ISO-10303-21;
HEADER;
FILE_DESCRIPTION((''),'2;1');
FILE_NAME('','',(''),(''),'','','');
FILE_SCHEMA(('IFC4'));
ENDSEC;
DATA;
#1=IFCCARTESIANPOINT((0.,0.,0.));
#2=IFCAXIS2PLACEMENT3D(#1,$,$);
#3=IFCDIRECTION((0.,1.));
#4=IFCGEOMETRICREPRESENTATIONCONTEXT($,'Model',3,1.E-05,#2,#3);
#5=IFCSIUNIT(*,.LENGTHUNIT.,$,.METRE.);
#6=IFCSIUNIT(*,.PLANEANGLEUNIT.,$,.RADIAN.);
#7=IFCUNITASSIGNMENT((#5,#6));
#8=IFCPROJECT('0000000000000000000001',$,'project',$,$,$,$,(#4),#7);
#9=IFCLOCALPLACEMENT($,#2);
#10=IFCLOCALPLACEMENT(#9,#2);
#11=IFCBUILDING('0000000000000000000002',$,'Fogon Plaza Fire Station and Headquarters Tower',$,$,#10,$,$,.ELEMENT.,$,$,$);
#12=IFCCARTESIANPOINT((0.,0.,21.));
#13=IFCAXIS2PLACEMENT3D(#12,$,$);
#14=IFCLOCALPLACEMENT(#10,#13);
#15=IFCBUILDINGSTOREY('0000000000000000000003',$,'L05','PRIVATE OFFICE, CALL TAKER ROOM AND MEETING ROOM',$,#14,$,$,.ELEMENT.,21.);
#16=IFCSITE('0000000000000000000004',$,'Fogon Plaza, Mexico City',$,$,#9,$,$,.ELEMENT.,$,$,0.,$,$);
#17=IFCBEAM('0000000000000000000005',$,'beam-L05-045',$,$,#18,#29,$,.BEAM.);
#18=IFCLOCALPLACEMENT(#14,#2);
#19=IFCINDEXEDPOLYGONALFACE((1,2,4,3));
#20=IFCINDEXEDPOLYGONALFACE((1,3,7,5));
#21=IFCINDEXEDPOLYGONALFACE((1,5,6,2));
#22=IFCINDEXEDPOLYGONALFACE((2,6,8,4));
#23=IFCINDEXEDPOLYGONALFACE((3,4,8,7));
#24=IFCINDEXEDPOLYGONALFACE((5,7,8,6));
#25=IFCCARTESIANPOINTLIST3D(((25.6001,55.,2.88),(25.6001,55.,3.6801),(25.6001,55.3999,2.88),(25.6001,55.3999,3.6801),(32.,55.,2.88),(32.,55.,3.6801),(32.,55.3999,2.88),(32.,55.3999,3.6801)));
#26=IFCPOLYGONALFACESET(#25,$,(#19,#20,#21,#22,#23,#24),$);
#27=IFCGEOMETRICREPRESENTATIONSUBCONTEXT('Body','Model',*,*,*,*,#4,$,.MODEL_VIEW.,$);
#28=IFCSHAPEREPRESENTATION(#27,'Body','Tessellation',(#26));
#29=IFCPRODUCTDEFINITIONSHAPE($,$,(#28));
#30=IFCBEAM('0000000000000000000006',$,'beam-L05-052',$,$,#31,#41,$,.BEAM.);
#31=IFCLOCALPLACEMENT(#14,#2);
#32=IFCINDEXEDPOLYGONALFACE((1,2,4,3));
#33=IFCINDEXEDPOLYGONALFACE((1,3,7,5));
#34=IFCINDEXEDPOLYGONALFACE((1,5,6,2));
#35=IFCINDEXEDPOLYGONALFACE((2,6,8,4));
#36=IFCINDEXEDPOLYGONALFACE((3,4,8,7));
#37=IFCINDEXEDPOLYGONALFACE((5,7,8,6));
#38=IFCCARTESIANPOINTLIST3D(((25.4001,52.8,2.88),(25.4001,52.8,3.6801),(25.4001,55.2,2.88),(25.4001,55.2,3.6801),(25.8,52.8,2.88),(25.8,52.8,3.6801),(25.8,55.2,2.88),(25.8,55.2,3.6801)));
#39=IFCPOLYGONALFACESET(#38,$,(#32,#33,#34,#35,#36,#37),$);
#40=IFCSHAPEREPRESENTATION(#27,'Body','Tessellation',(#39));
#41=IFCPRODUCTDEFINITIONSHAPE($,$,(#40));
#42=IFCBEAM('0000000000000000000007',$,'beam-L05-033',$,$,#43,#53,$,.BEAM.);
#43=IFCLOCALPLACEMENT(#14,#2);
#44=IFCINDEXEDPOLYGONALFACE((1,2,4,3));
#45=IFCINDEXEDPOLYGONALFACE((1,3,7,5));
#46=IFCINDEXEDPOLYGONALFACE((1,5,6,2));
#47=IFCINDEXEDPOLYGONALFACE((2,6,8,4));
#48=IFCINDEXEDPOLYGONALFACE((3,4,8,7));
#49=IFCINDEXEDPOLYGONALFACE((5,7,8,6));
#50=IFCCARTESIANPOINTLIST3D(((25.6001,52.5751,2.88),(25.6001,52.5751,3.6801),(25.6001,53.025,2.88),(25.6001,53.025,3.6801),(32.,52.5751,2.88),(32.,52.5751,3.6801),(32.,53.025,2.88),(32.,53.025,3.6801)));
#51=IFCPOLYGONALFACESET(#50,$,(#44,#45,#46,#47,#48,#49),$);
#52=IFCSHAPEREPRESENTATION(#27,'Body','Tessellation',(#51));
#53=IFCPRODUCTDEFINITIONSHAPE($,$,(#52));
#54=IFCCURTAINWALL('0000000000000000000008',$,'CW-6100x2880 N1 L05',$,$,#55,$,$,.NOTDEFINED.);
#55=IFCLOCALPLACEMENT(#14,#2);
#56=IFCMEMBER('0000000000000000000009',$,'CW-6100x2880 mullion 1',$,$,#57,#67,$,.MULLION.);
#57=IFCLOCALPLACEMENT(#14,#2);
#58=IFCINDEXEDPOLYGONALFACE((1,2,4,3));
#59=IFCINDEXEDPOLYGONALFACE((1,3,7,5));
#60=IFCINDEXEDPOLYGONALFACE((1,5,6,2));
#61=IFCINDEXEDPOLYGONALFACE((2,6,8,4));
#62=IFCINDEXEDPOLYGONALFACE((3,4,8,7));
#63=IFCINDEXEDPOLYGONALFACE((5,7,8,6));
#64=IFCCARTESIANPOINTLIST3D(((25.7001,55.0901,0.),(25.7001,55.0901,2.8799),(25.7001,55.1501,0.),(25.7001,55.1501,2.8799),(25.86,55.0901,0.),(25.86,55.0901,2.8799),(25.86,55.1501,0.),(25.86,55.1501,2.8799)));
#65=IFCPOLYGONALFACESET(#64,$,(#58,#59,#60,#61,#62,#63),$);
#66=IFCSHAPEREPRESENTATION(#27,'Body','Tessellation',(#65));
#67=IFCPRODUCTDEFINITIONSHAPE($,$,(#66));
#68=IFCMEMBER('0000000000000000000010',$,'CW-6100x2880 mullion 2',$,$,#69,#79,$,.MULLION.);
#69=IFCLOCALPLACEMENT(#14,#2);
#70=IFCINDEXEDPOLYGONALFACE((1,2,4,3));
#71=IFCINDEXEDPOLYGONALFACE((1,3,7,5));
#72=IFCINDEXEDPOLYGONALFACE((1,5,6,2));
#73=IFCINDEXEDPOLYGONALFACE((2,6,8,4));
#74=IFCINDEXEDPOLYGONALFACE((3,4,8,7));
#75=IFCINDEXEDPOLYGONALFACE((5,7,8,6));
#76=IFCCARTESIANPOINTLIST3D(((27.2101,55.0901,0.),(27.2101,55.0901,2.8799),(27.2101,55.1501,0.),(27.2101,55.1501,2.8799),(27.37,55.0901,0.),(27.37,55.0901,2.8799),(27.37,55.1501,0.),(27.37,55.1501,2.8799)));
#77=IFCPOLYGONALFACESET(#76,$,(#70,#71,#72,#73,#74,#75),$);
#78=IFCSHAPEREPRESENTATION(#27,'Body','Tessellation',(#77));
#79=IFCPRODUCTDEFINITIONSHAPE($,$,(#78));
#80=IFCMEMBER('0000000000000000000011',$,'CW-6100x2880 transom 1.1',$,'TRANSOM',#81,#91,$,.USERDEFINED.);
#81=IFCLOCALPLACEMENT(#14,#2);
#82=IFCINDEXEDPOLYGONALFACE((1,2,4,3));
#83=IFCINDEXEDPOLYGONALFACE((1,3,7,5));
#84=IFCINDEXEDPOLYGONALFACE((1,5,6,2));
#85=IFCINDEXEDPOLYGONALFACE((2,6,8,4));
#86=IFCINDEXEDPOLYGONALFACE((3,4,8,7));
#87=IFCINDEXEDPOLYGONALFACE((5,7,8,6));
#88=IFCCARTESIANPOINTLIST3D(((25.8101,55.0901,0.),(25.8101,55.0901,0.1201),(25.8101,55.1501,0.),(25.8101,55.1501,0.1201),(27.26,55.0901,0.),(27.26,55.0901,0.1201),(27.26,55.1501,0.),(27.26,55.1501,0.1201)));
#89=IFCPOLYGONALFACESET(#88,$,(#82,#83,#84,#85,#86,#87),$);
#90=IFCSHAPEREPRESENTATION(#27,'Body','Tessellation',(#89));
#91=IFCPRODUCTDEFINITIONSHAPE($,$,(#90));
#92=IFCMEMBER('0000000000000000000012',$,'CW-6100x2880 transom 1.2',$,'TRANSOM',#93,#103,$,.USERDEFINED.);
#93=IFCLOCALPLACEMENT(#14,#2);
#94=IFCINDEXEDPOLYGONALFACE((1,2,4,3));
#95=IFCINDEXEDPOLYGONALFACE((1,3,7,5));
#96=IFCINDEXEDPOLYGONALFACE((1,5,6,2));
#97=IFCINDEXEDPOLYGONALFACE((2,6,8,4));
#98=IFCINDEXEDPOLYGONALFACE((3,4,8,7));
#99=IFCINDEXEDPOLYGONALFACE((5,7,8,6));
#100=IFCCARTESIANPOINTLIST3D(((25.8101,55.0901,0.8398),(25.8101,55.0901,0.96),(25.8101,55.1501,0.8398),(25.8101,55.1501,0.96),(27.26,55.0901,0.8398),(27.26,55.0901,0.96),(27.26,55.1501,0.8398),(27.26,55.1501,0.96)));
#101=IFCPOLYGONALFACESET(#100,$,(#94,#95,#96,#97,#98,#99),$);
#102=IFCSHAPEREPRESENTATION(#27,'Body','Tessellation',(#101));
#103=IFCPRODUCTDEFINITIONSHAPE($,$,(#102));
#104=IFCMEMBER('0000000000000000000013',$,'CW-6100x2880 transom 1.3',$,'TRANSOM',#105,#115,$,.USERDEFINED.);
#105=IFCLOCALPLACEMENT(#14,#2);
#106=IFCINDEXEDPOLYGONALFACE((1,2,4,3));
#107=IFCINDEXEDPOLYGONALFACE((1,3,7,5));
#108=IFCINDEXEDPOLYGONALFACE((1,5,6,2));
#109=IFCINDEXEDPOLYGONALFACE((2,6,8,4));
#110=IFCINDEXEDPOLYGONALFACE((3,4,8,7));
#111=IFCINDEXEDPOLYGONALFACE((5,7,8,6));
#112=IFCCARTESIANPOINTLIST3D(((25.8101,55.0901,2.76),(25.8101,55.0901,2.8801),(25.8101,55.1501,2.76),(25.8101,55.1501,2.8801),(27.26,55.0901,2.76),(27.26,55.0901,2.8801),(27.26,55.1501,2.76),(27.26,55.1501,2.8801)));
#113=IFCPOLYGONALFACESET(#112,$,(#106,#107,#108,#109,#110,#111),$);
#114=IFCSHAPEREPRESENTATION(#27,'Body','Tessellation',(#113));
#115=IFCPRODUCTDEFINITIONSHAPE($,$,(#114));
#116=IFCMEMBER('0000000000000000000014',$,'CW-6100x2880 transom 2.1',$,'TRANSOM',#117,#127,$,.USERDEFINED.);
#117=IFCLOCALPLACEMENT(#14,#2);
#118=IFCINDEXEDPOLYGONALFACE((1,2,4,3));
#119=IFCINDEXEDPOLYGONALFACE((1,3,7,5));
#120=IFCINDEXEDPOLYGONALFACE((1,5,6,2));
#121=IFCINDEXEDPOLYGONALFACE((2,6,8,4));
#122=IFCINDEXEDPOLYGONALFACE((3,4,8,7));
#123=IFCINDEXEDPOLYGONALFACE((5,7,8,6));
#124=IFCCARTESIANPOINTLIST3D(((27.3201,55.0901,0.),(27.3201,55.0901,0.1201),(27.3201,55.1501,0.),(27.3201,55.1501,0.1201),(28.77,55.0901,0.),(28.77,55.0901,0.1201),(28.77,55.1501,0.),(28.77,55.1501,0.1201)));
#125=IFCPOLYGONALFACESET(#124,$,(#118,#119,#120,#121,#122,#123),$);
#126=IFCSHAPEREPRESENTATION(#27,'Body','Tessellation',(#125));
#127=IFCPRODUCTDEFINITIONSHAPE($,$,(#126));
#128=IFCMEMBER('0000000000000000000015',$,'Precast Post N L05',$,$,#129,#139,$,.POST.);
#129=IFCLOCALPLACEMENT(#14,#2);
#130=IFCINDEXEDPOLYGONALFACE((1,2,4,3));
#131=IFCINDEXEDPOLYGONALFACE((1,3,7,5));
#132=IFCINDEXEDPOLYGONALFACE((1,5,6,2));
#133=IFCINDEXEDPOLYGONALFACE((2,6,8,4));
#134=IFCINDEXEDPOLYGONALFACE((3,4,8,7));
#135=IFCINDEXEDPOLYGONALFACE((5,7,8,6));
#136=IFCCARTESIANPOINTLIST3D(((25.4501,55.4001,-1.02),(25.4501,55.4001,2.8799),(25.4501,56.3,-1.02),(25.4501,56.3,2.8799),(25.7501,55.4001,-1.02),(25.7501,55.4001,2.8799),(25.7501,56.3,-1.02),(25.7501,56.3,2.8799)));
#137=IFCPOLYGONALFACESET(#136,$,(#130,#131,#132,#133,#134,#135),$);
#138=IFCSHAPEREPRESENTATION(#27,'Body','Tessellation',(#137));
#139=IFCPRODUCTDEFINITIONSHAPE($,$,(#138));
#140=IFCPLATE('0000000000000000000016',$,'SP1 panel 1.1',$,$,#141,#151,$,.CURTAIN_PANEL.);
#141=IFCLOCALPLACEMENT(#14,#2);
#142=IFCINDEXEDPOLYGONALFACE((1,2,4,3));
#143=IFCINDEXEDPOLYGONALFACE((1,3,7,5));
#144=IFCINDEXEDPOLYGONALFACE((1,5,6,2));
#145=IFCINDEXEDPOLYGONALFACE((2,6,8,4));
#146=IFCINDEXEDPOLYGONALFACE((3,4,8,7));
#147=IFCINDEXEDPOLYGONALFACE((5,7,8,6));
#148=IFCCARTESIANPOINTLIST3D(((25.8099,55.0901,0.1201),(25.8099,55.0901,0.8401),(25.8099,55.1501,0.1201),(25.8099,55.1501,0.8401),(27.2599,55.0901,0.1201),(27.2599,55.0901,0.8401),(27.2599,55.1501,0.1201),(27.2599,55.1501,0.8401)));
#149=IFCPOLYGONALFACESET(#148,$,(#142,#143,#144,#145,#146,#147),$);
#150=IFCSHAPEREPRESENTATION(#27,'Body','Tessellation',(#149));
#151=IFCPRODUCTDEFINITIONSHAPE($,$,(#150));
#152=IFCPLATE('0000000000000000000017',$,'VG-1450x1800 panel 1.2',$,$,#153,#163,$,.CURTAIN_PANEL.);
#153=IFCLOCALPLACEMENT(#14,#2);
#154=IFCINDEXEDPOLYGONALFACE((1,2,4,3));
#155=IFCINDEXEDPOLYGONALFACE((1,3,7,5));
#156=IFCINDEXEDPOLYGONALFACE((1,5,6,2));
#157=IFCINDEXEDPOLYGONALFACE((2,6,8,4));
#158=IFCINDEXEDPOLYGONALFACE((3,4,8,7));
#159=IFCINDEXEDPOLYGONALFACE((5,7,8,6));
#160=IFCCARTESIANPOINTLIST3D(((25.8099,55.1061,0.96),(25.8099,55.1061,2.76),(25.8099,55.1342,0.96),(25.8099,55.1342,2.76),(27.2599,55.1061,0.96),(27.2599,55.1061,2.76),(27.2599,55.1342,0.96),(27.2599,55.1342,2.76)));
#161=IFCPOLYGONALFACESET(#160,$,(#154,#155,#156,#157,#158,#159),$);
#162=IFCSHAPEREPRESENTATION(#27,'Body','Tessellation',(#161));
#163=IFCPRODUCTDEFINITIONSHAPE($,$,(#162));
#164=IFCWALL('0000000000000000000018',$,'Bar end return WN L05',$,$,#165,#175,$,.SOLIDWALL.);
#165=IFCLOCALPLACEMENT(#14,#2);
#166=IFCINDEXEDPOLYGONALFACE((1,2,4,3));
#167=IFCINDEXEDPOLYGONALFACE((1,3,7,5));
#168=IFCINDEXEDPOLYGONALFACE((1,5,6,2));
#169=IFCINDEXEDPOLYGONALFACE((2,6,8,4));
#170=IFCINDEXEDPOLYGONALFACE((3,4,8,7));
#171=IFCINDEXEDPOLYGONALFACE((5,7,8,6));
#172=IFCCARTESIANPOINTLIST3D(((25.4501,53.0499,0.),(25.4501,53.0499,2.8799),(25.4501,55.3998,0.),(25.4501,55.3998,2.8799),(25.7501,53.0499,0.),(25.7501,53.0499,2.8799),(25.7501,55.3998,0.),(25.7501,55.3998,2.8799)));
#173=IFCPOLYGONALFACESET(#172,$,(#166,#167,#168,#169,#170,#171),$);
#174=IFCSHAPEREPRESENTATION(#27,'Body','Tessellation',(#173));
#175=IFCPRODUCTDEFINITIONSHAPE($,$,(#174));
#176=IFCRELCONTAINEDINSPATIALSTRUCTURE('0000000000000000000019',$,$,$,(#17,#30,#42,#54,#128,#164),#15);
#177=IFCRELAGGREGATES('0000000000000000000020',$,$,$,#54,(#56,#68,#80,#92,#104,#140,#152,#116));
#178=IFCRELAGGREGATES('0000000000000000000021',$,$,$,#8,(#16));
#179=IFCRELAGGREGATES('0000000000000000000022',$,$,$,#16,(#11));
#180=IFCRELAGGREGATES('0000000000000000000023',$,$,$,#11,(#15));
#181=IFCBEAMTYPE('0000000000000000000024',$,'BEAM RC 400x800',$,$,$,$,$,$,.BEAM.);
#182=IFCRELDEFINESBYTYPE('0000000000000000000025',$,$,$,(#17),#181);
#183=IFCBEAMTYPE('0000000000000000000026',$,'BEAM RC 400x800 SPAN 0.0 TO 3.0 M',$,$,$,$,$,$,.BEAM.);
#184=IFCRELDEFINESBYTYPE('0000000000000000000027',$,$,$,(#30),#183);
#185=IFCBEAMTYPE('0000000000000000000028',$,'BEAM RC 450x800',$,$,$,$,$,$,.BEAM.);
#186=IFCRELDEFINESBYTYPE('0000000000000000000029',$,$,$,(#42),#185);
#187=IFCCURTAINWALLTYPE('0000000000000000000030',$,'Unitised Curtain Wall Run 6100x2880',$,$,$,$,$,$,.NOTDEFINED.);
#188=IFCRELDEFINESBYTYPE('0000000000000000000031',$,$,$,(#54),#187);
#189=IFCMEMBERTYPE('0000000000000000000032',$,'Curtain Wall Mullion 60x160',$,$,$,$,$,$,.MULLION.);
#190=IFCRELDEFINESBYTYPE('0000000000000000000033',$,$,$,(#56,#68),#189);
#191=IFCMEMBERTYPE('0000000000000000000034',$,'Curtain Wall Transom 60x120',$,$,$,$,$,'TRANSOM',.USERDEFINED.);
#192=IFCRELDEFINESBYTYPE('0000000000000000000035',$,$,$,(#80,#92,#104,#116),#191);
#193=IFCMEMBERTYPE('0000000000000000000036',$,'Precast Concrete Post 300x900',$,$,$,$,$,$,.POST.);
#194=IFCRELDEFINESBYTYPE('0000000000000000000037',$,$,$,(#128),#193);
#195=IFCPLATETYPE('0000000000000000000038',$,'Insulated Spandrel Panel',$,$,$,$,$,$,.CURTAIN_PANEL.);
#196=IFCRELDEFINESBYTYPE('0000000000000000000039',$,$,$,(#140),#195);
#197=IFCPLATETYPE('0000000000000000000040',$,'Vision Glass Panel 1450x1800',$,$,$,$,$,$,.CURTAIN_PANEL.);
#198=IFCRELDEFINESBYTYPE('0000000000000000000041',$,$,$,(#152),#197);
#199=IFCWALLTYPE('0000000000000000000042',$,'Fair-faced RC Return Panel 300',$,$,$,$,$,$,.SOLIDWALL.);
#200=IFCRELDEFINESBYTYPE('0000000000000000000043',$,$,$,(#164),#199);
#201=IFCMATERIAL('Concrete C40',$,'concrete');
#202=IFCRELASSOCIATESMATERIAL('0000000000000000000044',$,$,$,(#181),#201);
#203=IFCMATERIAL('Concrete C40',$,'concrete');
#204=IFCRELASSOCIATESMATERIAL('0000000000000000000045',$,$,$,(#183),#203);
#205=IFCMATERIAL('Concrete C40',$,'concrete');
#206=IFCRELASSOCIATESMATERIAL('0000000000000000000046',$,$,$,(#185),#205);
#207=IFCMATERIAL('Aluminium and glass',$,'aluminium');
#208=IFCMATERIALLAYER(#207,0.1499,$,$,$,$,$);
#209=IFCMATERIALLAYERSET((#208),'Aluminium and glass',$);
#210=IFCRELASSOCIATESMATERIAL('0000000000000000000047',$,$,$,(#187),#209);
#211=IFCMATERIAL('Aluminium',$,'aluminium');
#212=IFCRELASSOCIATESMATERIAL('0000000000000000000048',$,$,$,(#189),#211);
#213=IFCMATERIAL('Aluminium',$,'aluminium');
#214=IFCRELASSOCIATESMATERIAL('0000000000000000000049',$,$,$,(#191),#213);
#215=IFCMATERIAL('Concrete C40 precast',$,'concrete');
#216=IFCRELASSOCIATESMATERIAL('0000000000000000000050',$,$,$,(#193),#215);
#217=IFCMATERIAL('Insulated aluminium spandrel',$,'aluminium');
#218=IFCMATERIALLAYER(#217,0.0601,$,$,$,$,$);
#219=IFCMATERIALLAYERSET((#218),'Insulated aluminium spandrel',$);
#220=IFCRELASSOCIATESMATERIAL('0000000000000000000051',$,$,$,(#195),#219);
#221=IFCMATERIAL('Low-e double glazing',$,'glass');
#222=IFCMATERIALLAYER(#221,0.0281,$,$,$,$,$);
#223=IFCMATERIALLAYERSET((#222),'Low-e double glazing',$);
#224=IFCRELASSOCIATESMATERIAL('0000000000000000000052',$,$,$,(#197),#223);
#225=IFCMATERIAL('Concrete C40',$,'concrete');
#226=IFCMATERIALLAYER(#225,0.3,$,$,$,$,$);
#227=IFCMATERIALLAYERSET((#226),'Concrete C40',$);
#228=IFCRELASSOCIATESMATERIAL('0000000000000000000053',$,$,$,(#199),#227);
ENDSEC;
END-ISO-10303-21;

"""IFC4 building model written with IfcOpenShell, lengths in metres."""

from ifc_helpers import new_model, si_unit, direction, frame, frame_2d, origin, origin_2d, place, context, subcontext, project, spatial, rectangle, extrude, material, layer, layer_set, material_profile, profile_set, type_object, element, aggregate, save


model = new_model("IFC4")

# Units and contexts
model_context = context("Model", 3, precision=1e-05, world=origin(), true_north=direction((0.0, 1.0)))
body_context = subcontext(model_context, "Body", "Model", "MODEL_VIEW")
ifc_project = project(units=[si_unit("LENGTHUNIT", "METRE"), si_unit("PLANEANGLEUNIT", "RADIAN")], contexts=[model_context])

# Site, building, storey
site_placement = place(None, origin())
site = spatial("IfcSite", under=ifc_project, at=site_placement, Name="Fogon Plaza, Mexico City", CompositionType="ELEMENT", RefElevation=0.0)
building_placement = place(site_placement, origin())
building = spatial("IfcBuilding", under=site, at=building_placement, Name="Fogon Plaza Fire Station and Headquarters Tower", CompositionType="ELEMENT")
storey_placement = place(building_placement, frame((0.0, 0.0, 21.0)))
storey = spatial("IfcBuildingStorey", under=building, at=storey_placement, Name="L05", Description="PRIVATE OFFICE, CALL TAKER ROOM AND MEETING ROOM", CompositionType="ELEMENT", Elevation=21.0)

# Beams
ifc_material_1 = material(Name="Concrete C40", Category="concrete")
ifc_material_profile_1 = material_profile(ifc_material_1, rectangle(XDim=0.3999, YDim=0.8, at=origin_2d()), Name="RC 400x800")
ifc_profile_set_1 = profile_set([ifc_material_profile_1], Name="Concrete C40")
beam_type_1 = type_object("IfcBeamType", Name="BEAM RC 400x800", PredefinedType="BEAM", material=ifc_profile_set_1)
beam_1_placement = place(storey_placement, frame((25.6001, 55.2, 3.28), z_axis=(1.0, 0.0, 0.0), x_axis=(0.0, 1.0, 0.0)))
element("IfcBeam", 1, at=beam_1_placement, inside=storey, type_object=beam_type_1, Name="beam-L05-045", PredefinedType="BEAM", context=body_context, shape_type="SweptSolid", body=[
    extrude(rectangle(XDim=0.3999, YDim=0.8, at=origin_2d()), origin(), (0.0, 0.0, 1.0), 6.3999),
])
ifc_material_2 = material(Name="Concrete C40", Category="concrete")
ifc_material_profile_2 = material_profile(ifc_material_2, rectangle(XDim=0.3999, YDim=0.8, at=origin_2d()), Name="RC 400x800")
ifc_profile_set_2 = profile_set([ifc_material_profile_2], Name="Concrete C40")
beam_type_2 = type_object("IfcBeamType", Name="BEAM RC 400x800 SPAN 0.0 TO 3.0 M", PredefinedType="BEAM", material=ifc_profile_set_2)
beam_2_placement = place(storey_placement, frame((25.6001, 52.8, 3.28), z_axis=(0.0, 1.0, 0.0), x_axis=(-1.0, 0.0, 0.0)))
element("IfcBeam", 2, at=beam_2_placement, inside=storey, type_object=beam_type_2, Name="beam-L05-052", PredefinedType="BEAM", context=body_context, shape_type="SweptSolid", body=[
    extrude(rectangle(XDim=0.3999, YDim=0.8, at=origin_2d()), origin(), (0.0, 0.0, 1.0), 2.3999),
])
ifc_material_3 = material(Name="Concrete C40", Category="concrete")
ifc_material_profile_3 = material_profile(ifc_material_3, rectangle(XDim=0.45, YDim=0.8, at=origin_2d()), Name="RC 450x800")
ifc_profile_set_3 = profile_set([ifc_material_profile_3], Name="Concrete C40")
beam_type_3 = type_object("IfcBeamType", Name="BEAM RC 450x800", PredefinedType="BEAM", material=ifc_profile_set_3)
beam_3_placement = place(storey_placement, frame((25.6001, 52.8, 3.28), z_axis=(1.0, 0.0, 0.0), x_axis=(0.0, 1.0, 0.0)))
element("IfcBeam", 3, at=beam_3_placement, inside=storey, type_object=beam_type_3, Name="beam-L05-033", PredefinedType="BEAM", context=body_context, shape_type="SweptSolid", body=[
    extrude(rectangle(XDim=0.45, YDim=0.8, at=origin_2d()), origin(), (0.0, 0.0, 1.0), 6.3999),
])

# Curtain wall, members
ifc_material_4 = material(Name="Aluminium and glass", Category="aluminium")
ifc_layer_1 = layer(ifc_material_4, 0.1499)
ifc_layer_set_1 = layer_set([ifc_layer_1], Name="Aluminium and glass")
curtain_wall_type = type_object("IfcCurtainWallType", Name="Unitised Curtain Wall Run 6100x2880", PredefinedType="NOTDEFINED", material=ifc_layer_set_1)
curtain_wall_placement = place(storey_placement, origin())
curtain_wall = element("IfcCurtainWall", 4, at=curtain_wall_placement, inside=storey, type_object=curtain_wall_type, Name="CW-6100x2880 N1 L05", PredefinedType="NOTDEFINED")
ifc_material_5 = material(Name="Aluminium", Category="aluminium")
ifc_material_profile_4 = material_profile(ifc_material_5, rectangle(XDim=0.0601, YDim=0.1599, at=origin_2d()), Name="Curtain Wall Mullion 60x160")
ifc_profile_set_4 = profile_set([ifc_material_profile_4], Name="Aluminium")
member_type_1 = type_object("IfcMemberType", Name="Curtain Wall Mullion 60x160", PredefinedType="MULLION", material=ifc_profile_set_4)
member_1_placement = place(storey_placement, frame((25.78, 55.1201, 0.0), z_axis=(0.0, 0.0, 1.0), x_axis=(0.0, 1.0, 0.0)))
member_1 = element("IfcMember", 5, at=member_1_placement, type_object=member_type_1, Name="CW-6100x2880 mullion 1", PredefinedType="MULLION", context=body_context, shape_type="SweptSolid", body=[
    extrude(rectangle(XDim=0.0601, YDim=0.1599, at=origin_2d()), origin(), (0.0, 0.0, 1.0), 2.8799),
])
member_2_placement = place(storey_placement, frame((27.29, 55.1201, 0.0), z_axis=(0.0, 0.0, 1.0), x_axis=(0.0, 1.0, 0.0)))
member_2 = element("IfcMember", 6, at=member_2_placement, type_object=member_type_1, Name="CW-6100x2880 mullion 2", PredefinedType="MULLION", context=body_context, shape_type="SweptSolid", body=[
    extrude(rectangle(XDim=0.0601, YDim=0.1599, at=origin_2d()), origin(), (0.0, 0.0, 1.0), 2.8799),
])
ifc_material_6 = material(Name="Aluminium", Category="aluminium")
ifc_material_profile_5 = material_profile(ifc_material_6, rectangle(XDim=0.0601, YDim=0.1201, at=origin_2d()), Name="Curtain Wall Transom 60x120")
ifc_profile_set_5 = profile_set([ifc_material_profile_5], Name="Aluminium")
member_type_2 = type_object("IfcMemberType", Name="Curtain Wall Transom 60x120", ElementType="TRANSOM", PredefinedType="USERDEFINED", material=ifc_profile_set_5)
member_3_placement = place(storey_placement, frame((25.8101, 55.1201, 0.0601), z_axis=(1.0, 0.0, 0.0), x_axis=(0.0, 1.0, 0.0)))
member_3 = element("IfcMember", 7, at=member_3_placement, type_object=member_type_2, Name="CW-6100x2880 transom 1.1", ObjectType="TRANSOM", PredefinedType="USERDEFINED", context=body_context, shape_type="SweptSolid", body=[
    extrude(rectangle(XDim=0.0601, YDim=0.1201, at=origin_2d()), origin(), (0.0, 0.0, 1.0), 1.45),
])
member_4_placement = place(storey_placement, frame((25.8101, 55.1201, 0.8999), z_axis=(1.0, 0.0, 0.0), x_axis=(0.0, 1.0, 0.0)))
member_4 = element("IfcMember", 8, at=member_4_placement, type_object=member_type_2, Name="CW-6100x2880 transom 1.2", ObjectType="TRANSOM", PredefinedType="USERDEFINED", context=body_context, shape_type="SweptSolid", body=[
    extrude(rectangle(XDim=0.0601, YDim=0.1201, at=origin_2d()), origin(), (0.0, 0.0, 1.0), 1.45),
])
member_5_placement = place(storey_placement, frame((25.8101, 55.1201, 2.8201), z_axis=(1.0, 0.0, 0.0), x_axis=(0.0, 1.0, 0.0)))
member_5 = element("IfcMember", 9, at=member_5_placement, type_object=member_type_2, Name="CW-6100x2880 transom 1.3", ObjectType="TRANSOM", PredefinedType="USERDEFINED", context=body_context, shape_type="SweptSolid", body=[
    extrude(rectangle(XDim=0.0601, YDim=0.1201, at=origin_2d()), origin(), (0.0, 0.0, 1.0), 1.45),
])
member_6_placement = place(storey_placement, frame((27.3201, 55.1201, 0.0601), z_axis=(1.0, 0.0, 0.0), x_axis=(0.0, 1.0, 0.0)))
member_6 = element("IfcMember", 10, at=member_6_placement, type_object=member_type_2, Name="CW-6100x2880 transom 2.1", ObjectType="TRANSOM", PredefinedType="USERDEFINED", context=body_context, shape_type="SweptSolid", body=[
    extrude(rectangle(XDim=0.0601, YDim=0.1201, at=origin_2d()), origin(), (0.0, 0.0, 1.0), 1.45),
])

# Member
ifc_material_7 = material(Name="Concrete C40 precast", Category="concrete")
ifc_material_profile_6 = material_profile(ifc_material_7, rectangle(XDim=0.3, YDim=0.8999, at=origin_2d()), Name="Precast Concrete Post 300x900")
ifc_profile_set_6 = profile_set([ifc_material_profile_6], Name="Concrete C40 precast")
member_type_3 = type_object("IfcMemberType", Name="Precast Concrete Post 300x900", PredefinedType="POST", material=ifc_profile_set_6)
member_7_placement = place(storey_placement, frame((25.6001, 55.8501, -1.02), z_axis=(0.0, 0.0, 1.0), x_axis=(1.0, 0.0, 0.0)))
element("IfcMember", 11, at=member_7_placement, inside=storey, type_object=member_type_3, Name="Precast Post N L05", PredefinedType="POST", context=body_context, shape_type="SweptSolid", body=[
    extrude(rectangle(XDim=0.3, YDim=0.8999, at=origin_2d()), origin(), (0.0, 0.0, 1.0), 3.8999),
])

# Plates
ifc_material_8 = material(Name="Insulated aluminium spandrel", Category="aluminium")
ifc_layer_2 = layer(ifc_material_8, 0.0601)
ifc_layer_set_2 = layer_set([ifc_layer_2], Name="Insulated aluminium spandrel")
plate_type_1 = type_object("IfcPlateType", Name="Insulated Spandrel Panel", PredefinedType="CURTAIN_PANEL", material=ifc_layer_set_2)
plate_1_placement = place(storey_placement, frame((26.5349, 55.1201, 0.1201), z_axis=(0.0, 0.0, 1.0), x_axis=(1.0, 0.0, 0.0)))
plate_1 = element("IfcPlate", 12, at=plate_1_placement, type_object=plate_type_1, Name="SP1 panel 1.1", PredefinedType="CURTAIN_PANEL", context=body_context, shape_type="SweptSolid", body=[
    extrude(rectangle(XDim=1.45, YDim=0.0601, at=origin_2d()), origin(), (0.0, 0.0, 1.0), 0.72),
])
ifc_material_9 = material(Name="Low-e double glazing", Category="glass")
ifc_layer_3 = layer(ifc_material_9, 0.0281)
ifc_layer_set_3 = layer_set([ifc_layer_3], Name="Low-e double glazing")
plate_type_2 = type_object("IfcPlateType", Name="Vision Glass Panel 1450x1800", PredefinedType="CURTAIN_PANEL", material=ifc_layer_set_3)
plate_2_placement = place(storey_placement, frame((26.5349, 55.1201, 0.96), z_axis=(0.0, 0.0, 1.0), x_axis=(1.0, 0.0, 0.0)))
plate_2 = element("IfcPlate", 13, at=plate_2_placement, type_object=plate_type_2, Name="VG-1450x1800 panel 1.2", PredefinedType="CURTAIN_PANEL", context=body_context, shape_type="SweptSolid", body=[
    extrude(rectangle(XDim=1.45, YDim=0.0281, at=origin_2d()), origin(), (0.0, 0.0, 1.0), 1.8),
])
aggregate(curtain_wall, [member_1, member_2, member_3, member_4, member_5, plate_1, plate_2, member_6])

# Wall
ifc_material_10 = material(Name="Concrete C40", Category="concrete")
ifc_layer_4 = layer(ifc_material_10, 0.3)
ifc_layer_set_4 = layer_set([ifc_layer_4], Name="Concrete C40")
wall_type_1 = type_object("IfcWallType", Name="Fair-faced RC Return Panel 300", PredefinedType="SOLIDWALL", material=ifc_layer_set_4)
wall_1_placement = place(storey_placement, frame((25.6001, 53.05, 0.0), z_axis=(0.0, 0.0, 1.0), x_axis=(0.0, 1.0, 0.0)))
element("IfcWall", 14, at=wall_1_placement, inside=storey, type_object=wall_type_1, Name="Bar end return WN L05", PredefinedType="SOLIDWALL", context=body_context, shape_type="SweptSolid", body=[
    extrude(rectangle(XDim=2.3499, YDim=0.3, at=frame_2d((1.1748, 0.0))), origin(), (0.0, 0.0, 1.0), 2.8799),
])

save(model, "model.ifc")
